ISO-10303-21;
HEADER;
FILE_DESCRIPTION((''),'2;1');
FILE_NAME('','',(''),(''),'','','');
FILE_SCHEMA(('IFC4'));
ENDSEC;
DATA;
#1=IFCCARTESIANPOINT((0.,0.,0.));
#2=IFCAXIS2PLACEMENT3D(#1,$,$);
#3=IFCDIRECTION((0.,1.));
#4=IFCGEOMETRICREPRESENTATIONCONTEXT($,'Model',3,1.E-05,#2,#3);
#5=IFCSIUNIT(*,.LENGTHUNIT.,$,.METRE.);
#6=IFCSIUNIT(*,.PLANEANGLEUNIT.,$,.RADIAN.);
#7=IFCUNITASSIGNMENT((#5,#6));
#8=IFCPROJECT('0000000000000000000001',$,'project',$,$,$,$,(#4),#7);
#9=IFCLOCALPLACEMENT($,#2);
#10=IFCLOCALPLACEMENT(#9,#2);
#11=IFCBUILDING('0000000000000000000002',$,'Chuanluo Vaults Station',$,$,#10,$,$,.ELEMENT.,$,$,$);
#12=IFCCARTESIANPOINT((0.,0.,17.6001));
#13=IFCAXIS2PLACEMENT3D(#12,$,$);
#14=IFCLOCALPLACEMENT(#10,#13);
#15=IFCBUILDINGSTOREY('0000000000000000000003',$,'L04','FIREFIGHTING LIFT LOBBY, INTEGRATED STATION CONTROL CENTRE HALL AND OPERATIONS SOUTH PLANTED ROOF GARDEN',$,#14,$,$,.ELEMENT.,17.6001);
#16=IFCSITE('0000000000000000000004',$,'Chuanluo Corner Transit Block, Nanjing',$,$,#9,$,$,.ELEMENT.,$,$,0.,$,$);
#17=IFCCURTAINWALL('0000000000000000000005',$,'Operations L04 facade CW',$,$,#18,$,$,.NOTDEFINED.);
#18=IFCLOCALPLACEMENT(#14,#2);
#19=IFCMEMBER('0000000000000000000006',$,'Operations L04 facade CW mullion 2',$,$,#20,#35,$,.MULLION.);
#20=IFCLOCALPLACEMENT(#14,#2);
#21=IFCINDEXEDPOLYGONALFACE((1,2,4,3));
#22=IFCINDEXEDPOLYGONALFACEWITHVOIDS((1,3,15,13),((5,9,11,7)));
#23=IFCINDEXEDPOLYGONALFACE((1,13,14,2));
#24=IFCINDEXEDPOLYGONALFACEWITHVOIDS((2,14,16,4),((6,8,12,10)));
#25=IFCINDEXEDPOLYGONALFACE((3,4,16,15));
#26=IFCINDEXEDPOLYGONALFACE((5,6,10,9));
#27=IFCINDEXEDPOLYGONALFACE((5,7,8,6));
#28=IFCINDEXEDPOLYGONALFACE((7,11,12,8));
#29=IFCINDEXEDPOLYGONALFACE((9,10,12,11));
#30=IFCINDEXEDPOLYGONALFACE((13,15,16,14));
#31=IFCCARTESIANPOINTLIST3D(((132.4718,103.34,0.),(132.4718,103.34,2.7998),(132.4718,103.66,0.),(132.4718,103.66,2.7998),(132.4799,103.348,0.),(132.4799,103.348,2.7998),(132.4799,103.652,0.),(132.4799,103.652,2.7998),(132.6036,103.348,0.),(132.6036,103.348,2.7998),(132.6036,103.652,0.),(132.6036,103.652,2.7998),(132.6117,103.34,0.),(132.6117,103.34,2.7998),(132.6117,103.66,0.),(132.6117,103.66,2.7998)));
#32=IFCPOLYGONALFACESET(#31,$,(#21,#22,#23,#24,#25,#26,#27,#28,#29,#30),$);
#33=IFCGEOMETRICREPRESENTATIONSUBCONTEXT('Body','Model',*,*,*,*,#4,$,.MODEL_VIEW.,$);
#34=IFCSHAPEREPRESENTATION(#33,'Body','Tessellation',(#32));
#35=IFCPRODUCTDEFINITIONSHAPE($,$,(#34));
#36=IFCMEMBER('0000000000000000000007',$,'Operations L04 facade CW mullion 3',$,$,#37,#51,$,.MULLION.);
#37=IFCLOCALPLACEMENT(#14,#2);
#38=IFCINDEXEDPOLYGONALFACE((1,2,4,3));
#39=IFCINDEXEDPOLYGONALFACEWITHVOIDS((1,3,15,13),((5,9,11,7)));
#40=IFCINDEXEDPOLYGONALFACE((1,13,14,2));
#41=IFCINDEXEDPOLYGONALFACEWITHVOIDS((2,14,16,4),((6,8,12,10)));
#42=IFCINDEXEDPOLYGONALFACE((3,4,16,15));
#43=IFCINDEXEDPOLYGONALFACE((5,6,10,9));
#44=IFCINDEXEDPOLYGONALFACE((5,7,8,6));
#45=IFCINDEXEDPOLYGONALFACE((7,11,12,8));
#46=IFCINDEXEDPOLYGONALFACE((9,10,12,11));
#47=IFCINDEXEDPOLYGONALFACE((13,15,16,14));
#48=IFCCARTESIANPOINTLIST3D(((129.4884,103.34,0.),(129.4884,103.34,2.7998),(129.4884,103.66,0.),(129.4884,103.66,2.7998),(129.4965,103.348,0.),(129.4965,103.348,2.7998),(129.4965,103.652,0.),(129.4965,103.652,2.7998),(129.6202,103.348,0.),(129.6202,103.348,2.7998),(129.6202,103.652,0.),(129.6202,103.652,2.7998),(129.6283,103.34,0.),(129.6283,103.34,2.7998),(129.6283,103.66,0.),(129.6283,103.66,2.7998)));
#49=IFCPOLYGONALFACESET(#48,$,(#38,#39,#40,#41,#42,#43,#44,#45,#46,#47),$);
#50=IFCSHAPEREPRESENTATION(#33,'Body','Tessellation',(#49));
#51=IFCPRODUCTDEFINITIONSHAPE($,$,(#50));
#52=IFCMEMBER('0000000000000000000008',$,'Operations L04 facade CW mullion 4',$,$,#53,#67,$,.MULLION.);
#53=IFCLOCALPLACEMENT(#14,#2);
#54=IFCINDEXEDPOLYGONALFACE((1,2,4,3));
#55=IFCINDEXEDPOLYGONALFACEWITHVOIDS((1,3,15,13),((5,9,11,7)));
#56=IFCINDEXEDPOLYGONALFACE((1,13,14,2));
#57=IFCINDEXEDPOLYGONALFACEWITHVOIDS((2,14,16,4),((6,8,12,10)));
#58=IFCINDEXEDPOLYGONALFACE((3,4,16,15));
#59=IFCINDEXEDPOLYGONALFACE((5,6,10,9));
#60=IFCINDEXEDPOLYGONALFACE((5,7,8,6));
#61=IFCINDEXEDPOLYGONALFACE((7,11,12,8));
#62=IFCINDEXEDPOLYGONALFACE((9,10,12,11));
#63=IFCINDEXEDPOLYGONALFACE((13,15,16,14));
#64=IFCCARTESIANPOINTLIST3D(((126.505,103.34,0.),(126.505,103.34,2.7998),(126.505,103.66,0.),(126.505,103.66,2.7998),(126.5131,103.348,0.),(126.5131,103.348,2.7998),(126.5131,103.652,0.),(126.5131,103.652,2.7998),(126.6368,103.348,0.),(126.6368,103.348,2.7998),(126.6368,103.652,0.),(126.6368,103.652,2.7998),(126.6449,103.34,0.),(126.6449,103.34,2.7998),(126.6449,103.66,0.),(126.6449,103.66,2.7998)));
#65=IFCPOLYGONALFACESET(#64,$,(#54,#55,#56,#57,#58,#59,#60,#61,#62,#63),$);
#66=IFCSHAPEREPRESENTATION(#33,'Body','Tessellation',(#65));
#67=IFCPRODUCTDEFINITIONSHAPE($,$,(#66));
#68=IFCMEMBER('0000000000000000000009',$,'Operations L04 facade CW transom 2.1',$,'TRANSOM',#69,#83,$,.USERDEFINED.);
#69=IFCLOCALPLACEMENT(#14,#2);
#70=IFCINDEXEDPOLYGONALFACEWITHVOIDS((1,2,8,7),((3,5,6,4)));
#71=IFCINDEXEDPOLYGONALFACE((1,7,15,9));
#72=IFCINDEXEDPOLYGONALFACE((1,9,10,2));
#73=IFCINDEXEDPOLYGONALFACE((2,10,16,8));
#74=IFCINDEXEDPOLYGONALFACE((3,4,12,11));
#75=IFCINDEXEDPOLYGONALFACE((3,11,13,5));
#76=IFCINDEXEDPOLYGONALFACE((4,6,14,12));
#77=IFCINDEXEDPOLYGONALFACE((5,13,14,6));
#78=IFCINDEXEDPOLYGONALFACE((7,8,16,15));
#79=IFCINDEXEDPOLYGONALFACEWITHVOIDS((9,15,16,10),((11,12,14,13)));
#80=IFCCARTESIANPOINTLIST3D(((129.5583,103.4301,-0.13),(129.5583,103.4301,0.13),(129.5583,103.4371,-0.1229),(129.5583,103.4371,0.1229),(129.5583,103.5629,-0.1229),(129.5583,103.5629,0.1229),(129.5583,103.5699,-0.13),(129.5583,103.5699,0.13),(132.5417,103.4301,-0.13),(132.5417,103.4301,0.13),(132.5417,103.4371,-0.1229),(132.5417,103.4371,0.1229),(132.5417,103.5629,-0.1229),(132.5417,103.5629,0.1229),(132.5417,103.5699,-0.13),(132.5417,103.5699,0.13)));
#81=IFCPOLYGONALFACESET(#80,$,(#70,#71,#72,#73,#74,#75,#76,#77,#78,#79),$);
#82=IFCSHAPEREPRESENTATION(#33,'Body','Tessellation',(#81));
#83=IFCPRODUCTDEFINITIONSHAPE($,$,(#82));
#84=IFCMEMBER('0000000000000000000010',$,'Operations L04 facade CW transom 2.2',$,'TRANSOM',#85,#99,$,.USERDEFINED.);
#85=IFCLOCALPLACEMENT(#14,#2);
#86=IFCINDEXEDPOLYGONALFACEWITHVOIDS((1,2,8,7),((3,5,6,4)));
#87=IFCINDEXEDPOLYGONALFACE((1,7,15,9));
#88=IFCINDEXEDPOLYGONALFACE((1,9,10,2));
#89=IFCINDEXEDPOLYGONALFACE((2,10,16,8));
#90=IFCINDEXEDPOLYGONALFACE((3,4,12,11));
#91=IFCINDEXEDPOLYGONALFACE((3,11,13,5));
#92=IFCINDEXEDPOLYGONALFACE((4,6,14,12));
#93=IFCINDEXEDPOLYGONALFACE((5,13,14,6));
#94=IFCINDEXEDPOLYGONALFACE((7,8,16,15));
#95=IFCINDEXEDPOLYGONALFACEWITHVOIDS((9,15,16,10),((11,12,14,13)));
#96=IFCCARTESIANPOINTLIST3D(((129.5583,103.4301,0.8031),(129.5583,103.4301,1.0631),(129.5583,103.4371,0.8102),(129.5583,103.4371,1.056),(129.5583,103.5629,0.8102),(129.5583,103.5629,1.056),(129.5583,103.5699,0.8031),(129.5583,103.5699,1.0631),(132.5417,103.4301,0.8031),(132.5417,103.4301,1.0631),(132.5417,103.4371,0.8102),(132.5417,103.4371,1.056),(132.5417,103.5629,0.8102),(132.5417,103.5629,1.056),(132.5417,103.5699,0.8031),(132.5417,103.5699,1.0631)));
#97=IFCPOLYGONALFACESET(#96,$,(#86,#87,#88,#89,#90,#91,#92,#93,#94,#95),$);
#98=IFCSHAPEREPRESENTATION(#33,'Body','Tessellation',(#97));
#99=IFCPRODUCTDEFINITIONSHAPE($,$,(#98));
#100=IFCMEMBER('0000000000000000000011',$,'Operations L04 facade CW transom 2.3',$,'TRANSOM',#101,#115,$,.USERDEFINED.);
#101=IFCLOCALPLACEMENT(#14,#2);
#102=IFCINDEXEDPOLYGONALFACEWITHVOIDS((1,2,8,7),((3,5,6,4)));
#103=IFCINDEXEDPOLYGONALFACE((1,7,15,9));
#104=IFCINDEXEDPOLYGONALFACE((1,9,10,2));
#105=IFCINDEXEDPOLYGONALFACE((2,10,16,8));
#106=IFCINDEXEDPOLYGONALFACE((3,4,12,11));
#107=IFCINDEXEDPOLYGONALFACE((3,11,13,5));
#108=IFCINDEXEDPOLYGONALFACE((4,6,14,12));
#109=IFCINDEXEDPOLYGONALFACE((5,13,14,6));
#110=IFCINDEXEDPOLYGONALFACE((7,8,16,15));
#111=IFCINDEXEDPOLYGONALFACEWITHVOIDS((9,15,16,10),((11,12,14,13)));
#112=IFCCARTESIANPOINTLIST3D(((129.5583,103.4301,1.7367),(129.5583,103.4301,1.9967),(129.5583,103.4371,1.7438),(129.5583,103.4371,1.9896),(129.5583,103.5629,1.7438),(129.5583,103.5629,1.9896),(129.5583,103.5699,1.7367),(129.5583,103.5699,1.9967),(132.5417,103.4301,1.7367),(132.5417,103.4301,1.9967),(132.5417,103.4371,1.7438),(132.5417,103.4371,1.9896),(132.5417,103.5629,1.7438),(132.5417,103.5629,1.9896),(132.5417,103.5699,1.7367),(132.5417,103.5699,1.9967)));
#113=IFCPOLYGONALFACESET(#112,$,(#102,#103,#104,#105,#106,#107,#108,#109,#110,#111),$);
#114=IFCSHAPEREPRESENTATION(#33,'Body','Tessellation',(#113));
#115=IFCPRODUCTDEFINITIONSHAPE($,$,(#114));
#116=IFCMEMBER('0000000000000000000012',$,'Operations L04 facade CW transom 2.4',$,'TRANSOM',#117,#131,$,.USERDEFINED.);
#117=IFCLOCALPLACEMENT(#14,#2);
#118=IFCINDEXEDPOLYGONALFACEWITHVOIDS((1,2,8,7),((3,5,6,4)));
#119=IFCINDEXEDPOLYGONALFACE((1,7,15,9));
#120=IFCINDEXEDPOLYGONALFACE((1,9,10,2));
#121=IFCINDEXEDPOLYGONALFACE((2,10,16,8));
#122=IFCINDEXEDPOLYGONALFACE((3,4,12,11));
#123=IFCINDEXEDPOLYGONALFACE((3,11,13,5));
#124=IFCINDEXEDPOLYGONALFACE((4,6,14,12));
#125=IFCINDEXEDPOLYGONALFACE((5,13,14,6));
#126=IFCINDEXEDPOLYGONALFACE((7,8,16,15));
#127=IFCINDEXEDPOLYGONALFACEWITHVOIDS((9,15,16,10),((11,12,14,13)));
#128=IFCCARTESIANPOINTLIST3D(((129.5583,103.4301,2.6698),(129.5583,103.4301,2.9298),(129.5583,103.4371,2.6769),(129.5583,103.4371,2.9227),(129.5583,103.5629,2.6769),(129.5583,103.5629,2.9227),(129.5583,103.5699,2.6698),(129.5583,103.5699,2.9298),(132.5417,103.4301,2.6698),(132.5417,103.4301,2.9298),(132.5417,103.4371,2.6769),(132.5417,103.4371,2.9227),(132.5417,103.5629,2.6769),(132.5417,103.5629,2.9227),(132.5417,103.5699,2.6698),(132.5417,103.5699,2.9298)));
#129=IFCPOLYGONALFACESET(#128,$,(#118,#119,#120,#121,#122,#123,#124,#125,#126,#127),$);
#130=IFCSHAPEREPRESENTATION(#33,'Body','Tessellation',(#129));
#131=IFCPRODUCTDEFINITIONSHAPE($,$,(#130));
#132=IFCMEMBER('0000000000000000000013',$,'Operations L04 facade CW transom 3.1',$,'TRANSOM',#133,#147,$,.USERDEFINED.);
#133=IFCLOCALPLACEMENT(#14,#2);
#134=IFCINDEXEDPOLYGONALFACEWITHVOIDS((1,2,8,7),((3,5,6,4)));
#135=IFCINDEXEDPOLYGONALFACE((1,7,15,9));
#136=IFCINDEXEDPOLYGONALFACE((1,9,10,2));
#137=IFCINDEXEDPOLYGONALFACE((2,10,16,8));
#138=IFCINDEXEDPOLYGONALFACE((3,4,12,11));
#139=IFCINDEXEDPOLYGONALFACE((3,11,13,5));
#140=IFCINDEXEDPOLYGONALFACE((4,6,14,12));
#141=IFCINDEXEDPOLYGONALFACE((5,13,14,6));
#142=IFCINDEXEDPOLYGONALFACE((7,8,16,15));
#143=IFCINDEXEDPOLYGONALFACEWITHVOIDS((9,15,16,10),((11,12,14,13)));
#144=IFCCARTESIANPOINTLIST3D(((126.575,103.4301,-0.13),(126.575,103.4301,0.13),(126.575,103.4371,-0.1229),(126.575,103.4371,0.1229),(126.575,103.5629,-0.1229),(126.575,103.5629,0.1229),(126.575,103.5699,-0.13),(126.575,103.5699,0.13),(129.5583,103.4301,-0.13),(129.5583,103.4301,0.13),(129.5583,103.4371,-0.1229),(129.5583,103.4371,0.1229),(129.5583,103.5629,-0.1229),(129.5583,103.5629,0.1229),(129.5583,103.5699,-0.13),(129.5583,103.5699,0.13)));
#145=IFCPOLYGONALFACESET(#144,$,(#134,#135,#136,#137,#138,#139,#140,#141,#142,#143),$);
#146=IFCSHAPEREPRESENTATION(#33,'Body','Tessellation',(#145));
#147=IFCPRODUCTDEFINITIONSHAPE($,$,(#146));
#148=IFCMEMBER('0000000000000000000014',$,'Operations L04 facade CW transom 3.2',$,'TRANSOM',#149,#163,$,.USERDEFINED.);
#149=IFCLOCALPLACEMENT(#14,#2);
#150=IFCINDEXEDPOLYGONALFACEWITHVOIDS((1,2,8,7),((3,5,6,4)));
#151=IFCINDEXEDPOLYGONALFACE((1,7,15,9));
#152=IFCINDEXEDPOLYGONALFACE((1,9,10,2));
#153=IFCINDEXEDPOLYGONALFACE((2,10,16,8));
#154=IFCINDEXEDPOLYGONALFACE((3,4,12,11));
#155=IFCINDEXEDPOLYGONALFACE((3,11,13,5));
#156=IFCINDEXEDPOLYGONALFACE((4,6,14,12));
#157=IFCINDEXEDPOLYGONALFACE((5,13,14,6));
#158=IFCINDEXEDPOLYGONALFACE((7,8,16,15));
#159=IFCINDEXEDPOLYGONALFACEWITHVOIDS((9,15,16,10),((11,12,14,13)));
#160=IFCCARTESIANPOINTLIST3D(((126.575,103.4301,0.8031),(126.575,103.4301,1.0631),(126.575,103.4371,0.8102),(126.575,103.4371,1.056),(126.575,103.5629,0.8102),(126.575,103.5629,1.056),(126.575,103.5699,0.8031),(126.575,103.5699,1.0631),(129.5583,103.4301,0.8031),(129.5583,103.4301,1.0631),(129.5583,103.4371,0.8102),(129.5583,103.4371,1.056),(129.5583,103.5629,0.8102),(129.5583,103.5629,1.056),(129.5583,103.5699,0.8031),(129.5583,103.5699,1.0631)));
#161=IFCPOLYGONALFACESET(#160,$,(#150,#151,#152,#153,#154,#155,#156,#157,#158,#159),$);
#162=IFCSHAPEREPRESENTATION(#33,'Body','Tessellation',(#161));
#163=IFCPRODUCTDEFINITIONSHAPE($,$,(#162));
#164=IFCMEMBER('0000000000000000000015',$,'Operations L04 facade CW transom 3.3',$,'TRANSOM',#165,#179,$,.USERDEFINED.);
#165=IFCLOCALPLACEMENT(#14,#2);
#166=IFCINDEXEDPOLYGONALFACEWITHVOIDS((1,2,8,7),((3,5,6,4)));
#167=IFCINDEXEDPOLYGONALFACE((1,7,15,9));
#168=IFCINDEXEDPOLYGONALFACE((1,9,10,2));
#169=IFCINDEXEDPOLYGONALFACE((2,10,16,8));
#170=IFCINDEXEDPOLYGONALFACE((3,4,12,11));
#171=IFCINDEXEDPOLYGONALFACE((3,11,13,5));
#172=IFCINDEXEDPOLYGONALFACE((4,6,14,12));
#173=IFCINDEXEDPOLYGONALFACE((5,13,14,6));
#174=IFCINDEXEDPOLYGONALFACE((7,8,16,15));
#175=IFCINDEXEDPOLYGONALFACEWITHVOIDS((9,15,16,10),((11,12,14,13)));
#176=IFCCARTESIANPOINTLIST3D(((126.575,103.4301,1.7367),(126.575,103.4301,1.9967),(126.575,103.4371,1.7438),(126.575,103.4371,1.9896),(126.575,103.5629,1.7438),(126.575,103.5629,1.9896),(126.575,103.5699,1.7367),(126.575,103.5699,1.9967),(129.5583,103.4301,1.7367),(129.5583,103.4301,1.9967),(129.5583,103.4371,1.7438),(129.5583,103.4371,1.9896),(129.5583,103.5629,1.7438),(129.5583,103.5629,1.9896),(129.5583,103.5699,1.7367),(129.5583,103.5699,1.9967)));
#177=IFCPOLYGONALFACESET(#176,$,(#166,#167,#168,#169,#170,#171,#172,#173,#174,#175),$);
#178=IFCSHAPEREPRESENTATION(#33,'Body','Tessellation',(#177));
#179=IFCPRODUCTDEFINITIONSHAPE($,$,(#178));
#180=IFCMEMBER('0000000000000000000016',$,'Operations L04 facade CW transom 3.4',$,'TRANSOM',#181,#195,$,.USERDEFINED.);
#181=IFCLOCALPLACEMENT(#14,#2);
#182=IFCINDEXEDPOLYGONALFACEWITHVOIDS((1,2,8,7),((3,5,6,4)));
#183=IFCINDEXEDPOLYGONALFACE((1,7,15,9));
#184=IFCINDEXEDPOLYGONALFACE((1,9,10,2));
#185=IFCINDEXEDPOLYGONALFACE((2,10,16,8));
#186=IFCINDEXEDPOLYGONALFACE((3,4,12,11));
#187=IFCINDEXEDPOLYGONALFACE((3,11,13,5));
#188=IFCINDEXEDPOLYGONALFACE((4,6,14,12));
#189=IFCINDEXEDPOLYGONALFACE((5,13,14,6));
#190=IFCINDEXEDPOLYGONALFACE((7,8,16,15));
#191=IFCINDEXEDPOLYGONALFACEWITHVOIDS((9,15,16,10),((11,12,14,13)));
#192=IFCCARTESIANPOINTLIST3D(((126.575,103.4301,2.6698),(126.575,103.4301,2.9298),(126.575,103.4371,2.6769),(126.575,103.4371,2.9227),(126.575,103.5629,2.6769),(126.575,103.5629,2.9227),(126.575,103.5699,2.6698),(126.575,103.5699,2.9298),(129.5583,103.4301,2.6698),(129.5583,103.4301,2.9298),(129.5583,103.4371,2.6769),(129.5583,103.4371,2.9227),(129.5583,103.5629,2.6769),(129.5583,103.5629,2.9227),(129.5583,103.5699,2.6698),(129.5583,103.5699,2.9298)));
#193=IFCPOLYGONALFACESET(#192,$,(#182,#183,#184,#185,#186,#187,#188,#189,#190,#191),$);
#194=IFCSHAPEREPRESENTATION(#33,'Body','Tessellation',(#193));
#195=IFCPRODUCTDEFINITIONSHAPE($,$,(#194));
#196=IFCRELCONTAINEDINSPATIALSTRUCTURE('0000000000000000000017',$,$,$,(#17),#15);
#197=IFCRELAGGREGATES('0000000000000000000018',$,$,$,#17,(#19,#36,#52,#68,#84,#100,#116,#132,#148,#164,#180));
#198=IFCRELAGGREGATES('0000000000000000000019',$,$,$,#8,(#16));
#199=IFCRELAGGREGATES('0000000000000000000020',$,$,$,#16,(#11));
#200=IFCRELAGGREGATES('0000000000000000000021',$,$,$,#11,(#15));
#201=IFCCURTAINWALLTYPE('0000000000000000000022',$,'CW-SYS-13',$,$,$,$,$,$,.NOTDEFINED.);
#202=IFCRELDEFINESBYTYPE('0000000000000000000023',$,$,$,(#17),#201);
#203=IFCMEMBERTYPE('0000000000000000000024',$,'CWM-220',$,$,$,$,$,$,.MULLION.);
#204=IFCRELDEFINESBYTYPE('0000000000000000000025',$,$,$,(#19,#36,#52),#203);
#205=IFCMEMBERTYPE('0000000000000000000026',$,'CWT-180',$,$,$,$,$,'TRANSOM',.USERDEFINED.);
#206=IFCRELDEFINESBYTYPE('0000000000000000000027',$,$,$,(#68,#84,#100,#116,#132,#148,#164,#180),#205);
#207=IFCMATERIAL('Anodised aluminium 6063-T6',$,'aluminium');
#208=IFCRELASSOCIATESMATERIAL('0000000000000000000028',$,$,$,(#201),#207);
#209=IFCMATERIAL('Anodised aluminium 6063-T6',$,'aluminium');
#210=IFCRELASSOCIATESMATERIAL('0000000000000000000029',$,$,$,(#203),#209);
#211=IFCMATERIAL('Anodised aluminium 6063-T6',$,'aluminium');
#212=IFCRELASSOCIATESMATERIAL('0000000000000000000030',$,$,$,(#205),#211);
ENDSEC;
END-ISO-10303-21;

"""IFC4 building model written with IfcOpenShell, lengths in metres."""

from ifc_helpers import new_model, si_unit, direction, frame, origin, origin_2d, place, context, subcontext, project, spatial, hollow_rectangle, extrude, material, material_profile, profile_set, type_object, element, aggregate, save


model = new_model("IFC4")

# Units and contexts
model_context = context("Model", 3, precision=1e-05, world=origin(), true_north=direction((0.0, 1.0)))
body_context = subcontext(model_context, "Body", "Model", "MODEL_VIEW")
ifc_project = project(units=[si_unit("LENGTHUNIT", "METRE"), si_unit("PLANEANGLEUNIT", "RADIAN")], contexts=[model_context])

# Site, building, storey
site_placement = place(None, origin())
site = spatial("IfcSite", under=ifc_project, at=site_placement, Name="Chuanluo Corner Transit Block, Nanjing", CompositionType="ELEMENT", RefElevation=0.0)
building_placement = place(site_placement, origin())
building = spatial("IfcBuilding", under=site, at=building_placement, Name="Chuanluo Vaults Station", CompositionType="ELEMENT")
storey_placement = place(building_placement, frame((0.0, 0.0, 17.6001)))
storey = spatial("IfcBuildingStorey", under=building, at=storey_placement, Name="L04", Description="FIREFIGHTING LIFT LOBBY, INTEGRATED STATION CONTROL CENTRE HALL AND OPERATIONS SOUTH PLANTED ROOF GARDEN", CompositionType="ELEMENT", Elevation=17.6001)

# Curtain wall, members
ifc_material_1 = material(Name="Anodised aluminium 6063-T6", Category="aluminium")
curtain_wall_type = type_object("IfcCurtainWallType", Name="CW-SYS-13", PredefinedType="NOTDEFINED", material=ifc_material_1)
curtain_wall_placement = place(storey_placement, origin())
curtain_wall = element("IfcCurtainWall", 1, at=curtain_wall_placement, inside=storey, type_object=curtain_wall_type, Name="Operations L04 facade CW", PredefinedType="NOTDEFINED")
ifc_material_2 = material(Name="Anodised aluminium 6063-T6", Category="aluminium")
ifc_material_profile_1 = material_profile(ifc_material_2, hollow_rectangle(XDim=0.1399, YDim=0.3201, WallThickness=0.0081, at=origin_2d()))
ifc_profile_set_1 = profile_set([ifc_material_profile_1], Name="Anodised aluminium 6063-T6")
member_type_1 = type_object("IfcMemberType", Name="CWM-220", PredefinedType="MULLION", material=ifc_profile_set_1)
member_1_placement = place(storey_placement, frame((132.5417, 103.5, 0.0), z_axis=(0.0, 0.0, 1.0), x_axis=(-1.0, 0.0, 0.0)))
member_1 = element("IfcMember", 2, at=member_1_placement, type_object=member_type_1, Name="Operations L04 facade CW mullion 2", PredefinedType="MULLION", context=body_context, shape_type="SweptSolid", body=[
    extrude(hollow_rectangle(XDim=0.1399, YDim=0.3201, WallThickness=0.0081, at=origin_2d()), origin(), (0.0, 0.0, 1.0), 2.7998),
])
member_2_placement = place(storey_placement, frame((129.5583, 103.5, 0.0), z_axis=(0.0, 0.0, 1.0), x_axis=(-1.0, 0.0, 0.0)))
member_2 = element("IfcMember", 3, at=member_2_placement, type_object=member_type_1, Name="Operations L04 facade CW mullion 3", PredefinedType="MULLION", context=body_context, shape_type="SweptSolid", body=[
    extrude(hollow_rectangle(XDim=0.1399, YDim=0.3201, WallThickness=0.0081, at=origin_2d()), origin(), (0.0, 0.0, 1.0), 2.7998),
])
member_3_placement = place(storey_placement, frame((126.575, 103.5, 0.0), z_axis=(0.0, 0.0, 1.0), x_axis=(-1.0, 0.0, 0.0)))
member_3 = element("IfcMember", 4, at=member_3_placement, type_object=member_type_1, Name="Operations L04 facade CW mullion 4", PredefinedType="MULLION", context=body_context, shape_type="SweptSolid", body=[
    extrude(hollow_rectangle(XDim=0.1399, YDim=0.3201, WallThickness=0.0081, at=origin_2d()), origin(), (0.0, 0.0, 1.0), 2.7998),
])
ifc_material_3 = material(Name="Anodised aluminium 6063-T6", Category="aluminium")
ifc_material_profile_2 = material_profile(ifc_material_3, hollow_rectangle(XDim=0.1399, YDim=0.26, WallThickness=0.0071, at=origin_2d()))
ifc_profile_set_2 = profile_set([ifc_material_profile_2], Name="Anodised aluminium 6063-T6")
member_type_2 = type_object("IfcMemberType", Name="CWT-180", ElementType="TRANSOM", PredefinedType="USERDEFINED", material=ifc_profile_set_2)
member_4_placement = place(storey_placement, frame((132.5417, 103.5, 0.0), z_axis=(-1.0, 0.0, 0.0), x_axis=(0.0, -1.0, 0.0)))
member_4 = element("IfcMember", 5, at=member_4_placement, type_object=member_type_2, Name="Operations L04 facade CW transom 2.1", ObjectType="TRANSOM", PredefinedType="USERDEFINED", context=body_context, shape_type="SweptSolid", body=[
    extrude(hollow_rectangle(XDim=0.1399, YDim=0.26, WallThickness=0.0071, at=origin_2d()), origin(), (0.0, 0.0, 1.0), 2.9834),
])
member_5_placement = place(storey_placement, frame((132.5417, 103.5, 0.9331), z_axis=(-1.0, 0.0, 0.0), x_axis=(0.0, -1.0, 0.0)))
member_5 = element("IfcMember", 6, at=member_5_placement, type_object=member_type_2, Name="Operations L04 facade CW transom 2.2", ObjectType="TRANSOM", PredefinedType="USERDEFINED", context=body_context, shape_type="SweptSolid", body=[
    extrude(hollow_rectangle(XDim=0.1399, YDim=0.26, WallThickness=0.0071, at=origin_2d()), origin(), (0.0, 0.0, 1.0), 2.9834),
])
member_6_placement = place(storey_placement, frame((132.5417, 103.5, 1.8667), z_axis=(-1.0, 0.0, 0.0), x_axis=(0.0, -1.0, 0.0)))
member_6 = element("IfcMember", 7, at=member_6_placement, type_object=member_type_2, Name="Operations L04 facade CW transom 2.3", ObjectType="TRANSOM", PredefinedType="USERDEFINED", context=body_context, shape_type="SweptSolid", body=[
    extrude(hollow_rectangle(XDim=0.1399, YDim=0.26, WallThickness=0.0071, at=origin_2d()), origin(), (0.0, 0.0, 1.0), 2.9834),
])
member_7_placement = place(storey_placement, frame((132.5417, 103.5, 2.7998), z_axis=(-1.0, 0.0, 0.0), x_axis=(0.0, -1.0, 0.0)))
member_7 = element("IfcMember", 8, at=member_7_placement, type_object=member_type_2, Name="Operations L04 facade CW transom 2.4", ObjectType="TRANSOM", PredefinedType="USERDEFINED", context=body_context, shape_type="SweptSolid", body=[
    extrude(hollow_rectangle(XDim=0.1399, YDim=0.26, WallThickness=0.0071, at=origin_2d()), origin(), (0.0, 0.0, 1.0), 2.9834),
])
member_8_placement = place(storey_placement, frame((129.5583, 103.5, 0.0), z_axis=(-1.0, 0.0, 0.0), x_axis=(0.0, -1.0, 0.0)))
member_8 = element("IfcMember", 9, at=member_8_placement, type_object=member_type_2, Name="Operations L04 facade CW transom 3.1", ObjectType="TRANSOM", PredefinedType="USERDEFINED", context=body_context, shape_type="SweptSolid", body=[
    extrude(hollow_rectangle(XDim=0.1399, YDim=0.26, WallThickness=0.0071, at=origin_2d()), origin(), (0.0, 0.0, 1.0), 2.9834),
])
member_9_placement = place(storey_placement, frame((129.5583, 103.5, 0.9331), z_axis=(-1.0, 0.0, 0.0), x_axis=(0.0, -1.0, 0.0)))
member_9 = element("IfcMember", 10, at=member_9_placement, type_object=member_type_2, Name="Operations L04 facade CW transom 3.2", ObjectType="TRANSOM", PredefinedType="USERDEFINED", context=body_context, shape_type="SweptSolid", body=[
    extrude(hollow_rectangle(XDim=0.1399, YDim=0.26, WallThickness=0.0071, at=origin_2d()), origin(), (0.0, 0.0, 1.0), 2.9834),
])
member_10_placement = place(storey_placement, frame((129.5583, 103.5, 1.8667), z_axis=(-1.0, 0.0, 0.0), x_axis=(0.0, -1.0, 0.0)))
member_10 = element("IfcMember", 11, at=member_10_placement, type_object=member_type_2, Name="Operations L04 facade CW transom 3.3", ObjectType="TRANSOM", PredefinedType="USERDEFINED", context=body_context, shape_type="SweptSolid", body=[
    extrude(hollow_rectangle(XDim=0.1399, YDim=0.26, WallThickness=0.0071, at=origin_2d()), origin(), (0.0, 0.0, 1.0), 2.9834),
])
member_11_placement = place(storey_placement, frame((129.5583, 103.5, 2.7998), z_axis=(-1.0, 0.0, 0.0), x_axis=(0.0, -1.0, 0.0)))
member_11 = element("IfcMember", 12, at=member_11_placement, type_object=member_type_2, Name="Operations L04 facade CW transom 3.4", ObjectType="TRANSOM", PredefinedType="USERDEFINED", context=body_context, shape_type="SweptSolid", body=[
    extrude(hollow_rectangle(XDim=0.1399, YDim=0.26, WallThickness=0.0071, at=origin_2d()), origin(), (0.0, 0.0, 1.0), 2.9834),
])
aggregate(curtain_wall, [member_1, member_2, member_3, member_4, member_5, member_6, member_7, member_8, member_9, member_10, member_11])

save(model, "model.ifc")
